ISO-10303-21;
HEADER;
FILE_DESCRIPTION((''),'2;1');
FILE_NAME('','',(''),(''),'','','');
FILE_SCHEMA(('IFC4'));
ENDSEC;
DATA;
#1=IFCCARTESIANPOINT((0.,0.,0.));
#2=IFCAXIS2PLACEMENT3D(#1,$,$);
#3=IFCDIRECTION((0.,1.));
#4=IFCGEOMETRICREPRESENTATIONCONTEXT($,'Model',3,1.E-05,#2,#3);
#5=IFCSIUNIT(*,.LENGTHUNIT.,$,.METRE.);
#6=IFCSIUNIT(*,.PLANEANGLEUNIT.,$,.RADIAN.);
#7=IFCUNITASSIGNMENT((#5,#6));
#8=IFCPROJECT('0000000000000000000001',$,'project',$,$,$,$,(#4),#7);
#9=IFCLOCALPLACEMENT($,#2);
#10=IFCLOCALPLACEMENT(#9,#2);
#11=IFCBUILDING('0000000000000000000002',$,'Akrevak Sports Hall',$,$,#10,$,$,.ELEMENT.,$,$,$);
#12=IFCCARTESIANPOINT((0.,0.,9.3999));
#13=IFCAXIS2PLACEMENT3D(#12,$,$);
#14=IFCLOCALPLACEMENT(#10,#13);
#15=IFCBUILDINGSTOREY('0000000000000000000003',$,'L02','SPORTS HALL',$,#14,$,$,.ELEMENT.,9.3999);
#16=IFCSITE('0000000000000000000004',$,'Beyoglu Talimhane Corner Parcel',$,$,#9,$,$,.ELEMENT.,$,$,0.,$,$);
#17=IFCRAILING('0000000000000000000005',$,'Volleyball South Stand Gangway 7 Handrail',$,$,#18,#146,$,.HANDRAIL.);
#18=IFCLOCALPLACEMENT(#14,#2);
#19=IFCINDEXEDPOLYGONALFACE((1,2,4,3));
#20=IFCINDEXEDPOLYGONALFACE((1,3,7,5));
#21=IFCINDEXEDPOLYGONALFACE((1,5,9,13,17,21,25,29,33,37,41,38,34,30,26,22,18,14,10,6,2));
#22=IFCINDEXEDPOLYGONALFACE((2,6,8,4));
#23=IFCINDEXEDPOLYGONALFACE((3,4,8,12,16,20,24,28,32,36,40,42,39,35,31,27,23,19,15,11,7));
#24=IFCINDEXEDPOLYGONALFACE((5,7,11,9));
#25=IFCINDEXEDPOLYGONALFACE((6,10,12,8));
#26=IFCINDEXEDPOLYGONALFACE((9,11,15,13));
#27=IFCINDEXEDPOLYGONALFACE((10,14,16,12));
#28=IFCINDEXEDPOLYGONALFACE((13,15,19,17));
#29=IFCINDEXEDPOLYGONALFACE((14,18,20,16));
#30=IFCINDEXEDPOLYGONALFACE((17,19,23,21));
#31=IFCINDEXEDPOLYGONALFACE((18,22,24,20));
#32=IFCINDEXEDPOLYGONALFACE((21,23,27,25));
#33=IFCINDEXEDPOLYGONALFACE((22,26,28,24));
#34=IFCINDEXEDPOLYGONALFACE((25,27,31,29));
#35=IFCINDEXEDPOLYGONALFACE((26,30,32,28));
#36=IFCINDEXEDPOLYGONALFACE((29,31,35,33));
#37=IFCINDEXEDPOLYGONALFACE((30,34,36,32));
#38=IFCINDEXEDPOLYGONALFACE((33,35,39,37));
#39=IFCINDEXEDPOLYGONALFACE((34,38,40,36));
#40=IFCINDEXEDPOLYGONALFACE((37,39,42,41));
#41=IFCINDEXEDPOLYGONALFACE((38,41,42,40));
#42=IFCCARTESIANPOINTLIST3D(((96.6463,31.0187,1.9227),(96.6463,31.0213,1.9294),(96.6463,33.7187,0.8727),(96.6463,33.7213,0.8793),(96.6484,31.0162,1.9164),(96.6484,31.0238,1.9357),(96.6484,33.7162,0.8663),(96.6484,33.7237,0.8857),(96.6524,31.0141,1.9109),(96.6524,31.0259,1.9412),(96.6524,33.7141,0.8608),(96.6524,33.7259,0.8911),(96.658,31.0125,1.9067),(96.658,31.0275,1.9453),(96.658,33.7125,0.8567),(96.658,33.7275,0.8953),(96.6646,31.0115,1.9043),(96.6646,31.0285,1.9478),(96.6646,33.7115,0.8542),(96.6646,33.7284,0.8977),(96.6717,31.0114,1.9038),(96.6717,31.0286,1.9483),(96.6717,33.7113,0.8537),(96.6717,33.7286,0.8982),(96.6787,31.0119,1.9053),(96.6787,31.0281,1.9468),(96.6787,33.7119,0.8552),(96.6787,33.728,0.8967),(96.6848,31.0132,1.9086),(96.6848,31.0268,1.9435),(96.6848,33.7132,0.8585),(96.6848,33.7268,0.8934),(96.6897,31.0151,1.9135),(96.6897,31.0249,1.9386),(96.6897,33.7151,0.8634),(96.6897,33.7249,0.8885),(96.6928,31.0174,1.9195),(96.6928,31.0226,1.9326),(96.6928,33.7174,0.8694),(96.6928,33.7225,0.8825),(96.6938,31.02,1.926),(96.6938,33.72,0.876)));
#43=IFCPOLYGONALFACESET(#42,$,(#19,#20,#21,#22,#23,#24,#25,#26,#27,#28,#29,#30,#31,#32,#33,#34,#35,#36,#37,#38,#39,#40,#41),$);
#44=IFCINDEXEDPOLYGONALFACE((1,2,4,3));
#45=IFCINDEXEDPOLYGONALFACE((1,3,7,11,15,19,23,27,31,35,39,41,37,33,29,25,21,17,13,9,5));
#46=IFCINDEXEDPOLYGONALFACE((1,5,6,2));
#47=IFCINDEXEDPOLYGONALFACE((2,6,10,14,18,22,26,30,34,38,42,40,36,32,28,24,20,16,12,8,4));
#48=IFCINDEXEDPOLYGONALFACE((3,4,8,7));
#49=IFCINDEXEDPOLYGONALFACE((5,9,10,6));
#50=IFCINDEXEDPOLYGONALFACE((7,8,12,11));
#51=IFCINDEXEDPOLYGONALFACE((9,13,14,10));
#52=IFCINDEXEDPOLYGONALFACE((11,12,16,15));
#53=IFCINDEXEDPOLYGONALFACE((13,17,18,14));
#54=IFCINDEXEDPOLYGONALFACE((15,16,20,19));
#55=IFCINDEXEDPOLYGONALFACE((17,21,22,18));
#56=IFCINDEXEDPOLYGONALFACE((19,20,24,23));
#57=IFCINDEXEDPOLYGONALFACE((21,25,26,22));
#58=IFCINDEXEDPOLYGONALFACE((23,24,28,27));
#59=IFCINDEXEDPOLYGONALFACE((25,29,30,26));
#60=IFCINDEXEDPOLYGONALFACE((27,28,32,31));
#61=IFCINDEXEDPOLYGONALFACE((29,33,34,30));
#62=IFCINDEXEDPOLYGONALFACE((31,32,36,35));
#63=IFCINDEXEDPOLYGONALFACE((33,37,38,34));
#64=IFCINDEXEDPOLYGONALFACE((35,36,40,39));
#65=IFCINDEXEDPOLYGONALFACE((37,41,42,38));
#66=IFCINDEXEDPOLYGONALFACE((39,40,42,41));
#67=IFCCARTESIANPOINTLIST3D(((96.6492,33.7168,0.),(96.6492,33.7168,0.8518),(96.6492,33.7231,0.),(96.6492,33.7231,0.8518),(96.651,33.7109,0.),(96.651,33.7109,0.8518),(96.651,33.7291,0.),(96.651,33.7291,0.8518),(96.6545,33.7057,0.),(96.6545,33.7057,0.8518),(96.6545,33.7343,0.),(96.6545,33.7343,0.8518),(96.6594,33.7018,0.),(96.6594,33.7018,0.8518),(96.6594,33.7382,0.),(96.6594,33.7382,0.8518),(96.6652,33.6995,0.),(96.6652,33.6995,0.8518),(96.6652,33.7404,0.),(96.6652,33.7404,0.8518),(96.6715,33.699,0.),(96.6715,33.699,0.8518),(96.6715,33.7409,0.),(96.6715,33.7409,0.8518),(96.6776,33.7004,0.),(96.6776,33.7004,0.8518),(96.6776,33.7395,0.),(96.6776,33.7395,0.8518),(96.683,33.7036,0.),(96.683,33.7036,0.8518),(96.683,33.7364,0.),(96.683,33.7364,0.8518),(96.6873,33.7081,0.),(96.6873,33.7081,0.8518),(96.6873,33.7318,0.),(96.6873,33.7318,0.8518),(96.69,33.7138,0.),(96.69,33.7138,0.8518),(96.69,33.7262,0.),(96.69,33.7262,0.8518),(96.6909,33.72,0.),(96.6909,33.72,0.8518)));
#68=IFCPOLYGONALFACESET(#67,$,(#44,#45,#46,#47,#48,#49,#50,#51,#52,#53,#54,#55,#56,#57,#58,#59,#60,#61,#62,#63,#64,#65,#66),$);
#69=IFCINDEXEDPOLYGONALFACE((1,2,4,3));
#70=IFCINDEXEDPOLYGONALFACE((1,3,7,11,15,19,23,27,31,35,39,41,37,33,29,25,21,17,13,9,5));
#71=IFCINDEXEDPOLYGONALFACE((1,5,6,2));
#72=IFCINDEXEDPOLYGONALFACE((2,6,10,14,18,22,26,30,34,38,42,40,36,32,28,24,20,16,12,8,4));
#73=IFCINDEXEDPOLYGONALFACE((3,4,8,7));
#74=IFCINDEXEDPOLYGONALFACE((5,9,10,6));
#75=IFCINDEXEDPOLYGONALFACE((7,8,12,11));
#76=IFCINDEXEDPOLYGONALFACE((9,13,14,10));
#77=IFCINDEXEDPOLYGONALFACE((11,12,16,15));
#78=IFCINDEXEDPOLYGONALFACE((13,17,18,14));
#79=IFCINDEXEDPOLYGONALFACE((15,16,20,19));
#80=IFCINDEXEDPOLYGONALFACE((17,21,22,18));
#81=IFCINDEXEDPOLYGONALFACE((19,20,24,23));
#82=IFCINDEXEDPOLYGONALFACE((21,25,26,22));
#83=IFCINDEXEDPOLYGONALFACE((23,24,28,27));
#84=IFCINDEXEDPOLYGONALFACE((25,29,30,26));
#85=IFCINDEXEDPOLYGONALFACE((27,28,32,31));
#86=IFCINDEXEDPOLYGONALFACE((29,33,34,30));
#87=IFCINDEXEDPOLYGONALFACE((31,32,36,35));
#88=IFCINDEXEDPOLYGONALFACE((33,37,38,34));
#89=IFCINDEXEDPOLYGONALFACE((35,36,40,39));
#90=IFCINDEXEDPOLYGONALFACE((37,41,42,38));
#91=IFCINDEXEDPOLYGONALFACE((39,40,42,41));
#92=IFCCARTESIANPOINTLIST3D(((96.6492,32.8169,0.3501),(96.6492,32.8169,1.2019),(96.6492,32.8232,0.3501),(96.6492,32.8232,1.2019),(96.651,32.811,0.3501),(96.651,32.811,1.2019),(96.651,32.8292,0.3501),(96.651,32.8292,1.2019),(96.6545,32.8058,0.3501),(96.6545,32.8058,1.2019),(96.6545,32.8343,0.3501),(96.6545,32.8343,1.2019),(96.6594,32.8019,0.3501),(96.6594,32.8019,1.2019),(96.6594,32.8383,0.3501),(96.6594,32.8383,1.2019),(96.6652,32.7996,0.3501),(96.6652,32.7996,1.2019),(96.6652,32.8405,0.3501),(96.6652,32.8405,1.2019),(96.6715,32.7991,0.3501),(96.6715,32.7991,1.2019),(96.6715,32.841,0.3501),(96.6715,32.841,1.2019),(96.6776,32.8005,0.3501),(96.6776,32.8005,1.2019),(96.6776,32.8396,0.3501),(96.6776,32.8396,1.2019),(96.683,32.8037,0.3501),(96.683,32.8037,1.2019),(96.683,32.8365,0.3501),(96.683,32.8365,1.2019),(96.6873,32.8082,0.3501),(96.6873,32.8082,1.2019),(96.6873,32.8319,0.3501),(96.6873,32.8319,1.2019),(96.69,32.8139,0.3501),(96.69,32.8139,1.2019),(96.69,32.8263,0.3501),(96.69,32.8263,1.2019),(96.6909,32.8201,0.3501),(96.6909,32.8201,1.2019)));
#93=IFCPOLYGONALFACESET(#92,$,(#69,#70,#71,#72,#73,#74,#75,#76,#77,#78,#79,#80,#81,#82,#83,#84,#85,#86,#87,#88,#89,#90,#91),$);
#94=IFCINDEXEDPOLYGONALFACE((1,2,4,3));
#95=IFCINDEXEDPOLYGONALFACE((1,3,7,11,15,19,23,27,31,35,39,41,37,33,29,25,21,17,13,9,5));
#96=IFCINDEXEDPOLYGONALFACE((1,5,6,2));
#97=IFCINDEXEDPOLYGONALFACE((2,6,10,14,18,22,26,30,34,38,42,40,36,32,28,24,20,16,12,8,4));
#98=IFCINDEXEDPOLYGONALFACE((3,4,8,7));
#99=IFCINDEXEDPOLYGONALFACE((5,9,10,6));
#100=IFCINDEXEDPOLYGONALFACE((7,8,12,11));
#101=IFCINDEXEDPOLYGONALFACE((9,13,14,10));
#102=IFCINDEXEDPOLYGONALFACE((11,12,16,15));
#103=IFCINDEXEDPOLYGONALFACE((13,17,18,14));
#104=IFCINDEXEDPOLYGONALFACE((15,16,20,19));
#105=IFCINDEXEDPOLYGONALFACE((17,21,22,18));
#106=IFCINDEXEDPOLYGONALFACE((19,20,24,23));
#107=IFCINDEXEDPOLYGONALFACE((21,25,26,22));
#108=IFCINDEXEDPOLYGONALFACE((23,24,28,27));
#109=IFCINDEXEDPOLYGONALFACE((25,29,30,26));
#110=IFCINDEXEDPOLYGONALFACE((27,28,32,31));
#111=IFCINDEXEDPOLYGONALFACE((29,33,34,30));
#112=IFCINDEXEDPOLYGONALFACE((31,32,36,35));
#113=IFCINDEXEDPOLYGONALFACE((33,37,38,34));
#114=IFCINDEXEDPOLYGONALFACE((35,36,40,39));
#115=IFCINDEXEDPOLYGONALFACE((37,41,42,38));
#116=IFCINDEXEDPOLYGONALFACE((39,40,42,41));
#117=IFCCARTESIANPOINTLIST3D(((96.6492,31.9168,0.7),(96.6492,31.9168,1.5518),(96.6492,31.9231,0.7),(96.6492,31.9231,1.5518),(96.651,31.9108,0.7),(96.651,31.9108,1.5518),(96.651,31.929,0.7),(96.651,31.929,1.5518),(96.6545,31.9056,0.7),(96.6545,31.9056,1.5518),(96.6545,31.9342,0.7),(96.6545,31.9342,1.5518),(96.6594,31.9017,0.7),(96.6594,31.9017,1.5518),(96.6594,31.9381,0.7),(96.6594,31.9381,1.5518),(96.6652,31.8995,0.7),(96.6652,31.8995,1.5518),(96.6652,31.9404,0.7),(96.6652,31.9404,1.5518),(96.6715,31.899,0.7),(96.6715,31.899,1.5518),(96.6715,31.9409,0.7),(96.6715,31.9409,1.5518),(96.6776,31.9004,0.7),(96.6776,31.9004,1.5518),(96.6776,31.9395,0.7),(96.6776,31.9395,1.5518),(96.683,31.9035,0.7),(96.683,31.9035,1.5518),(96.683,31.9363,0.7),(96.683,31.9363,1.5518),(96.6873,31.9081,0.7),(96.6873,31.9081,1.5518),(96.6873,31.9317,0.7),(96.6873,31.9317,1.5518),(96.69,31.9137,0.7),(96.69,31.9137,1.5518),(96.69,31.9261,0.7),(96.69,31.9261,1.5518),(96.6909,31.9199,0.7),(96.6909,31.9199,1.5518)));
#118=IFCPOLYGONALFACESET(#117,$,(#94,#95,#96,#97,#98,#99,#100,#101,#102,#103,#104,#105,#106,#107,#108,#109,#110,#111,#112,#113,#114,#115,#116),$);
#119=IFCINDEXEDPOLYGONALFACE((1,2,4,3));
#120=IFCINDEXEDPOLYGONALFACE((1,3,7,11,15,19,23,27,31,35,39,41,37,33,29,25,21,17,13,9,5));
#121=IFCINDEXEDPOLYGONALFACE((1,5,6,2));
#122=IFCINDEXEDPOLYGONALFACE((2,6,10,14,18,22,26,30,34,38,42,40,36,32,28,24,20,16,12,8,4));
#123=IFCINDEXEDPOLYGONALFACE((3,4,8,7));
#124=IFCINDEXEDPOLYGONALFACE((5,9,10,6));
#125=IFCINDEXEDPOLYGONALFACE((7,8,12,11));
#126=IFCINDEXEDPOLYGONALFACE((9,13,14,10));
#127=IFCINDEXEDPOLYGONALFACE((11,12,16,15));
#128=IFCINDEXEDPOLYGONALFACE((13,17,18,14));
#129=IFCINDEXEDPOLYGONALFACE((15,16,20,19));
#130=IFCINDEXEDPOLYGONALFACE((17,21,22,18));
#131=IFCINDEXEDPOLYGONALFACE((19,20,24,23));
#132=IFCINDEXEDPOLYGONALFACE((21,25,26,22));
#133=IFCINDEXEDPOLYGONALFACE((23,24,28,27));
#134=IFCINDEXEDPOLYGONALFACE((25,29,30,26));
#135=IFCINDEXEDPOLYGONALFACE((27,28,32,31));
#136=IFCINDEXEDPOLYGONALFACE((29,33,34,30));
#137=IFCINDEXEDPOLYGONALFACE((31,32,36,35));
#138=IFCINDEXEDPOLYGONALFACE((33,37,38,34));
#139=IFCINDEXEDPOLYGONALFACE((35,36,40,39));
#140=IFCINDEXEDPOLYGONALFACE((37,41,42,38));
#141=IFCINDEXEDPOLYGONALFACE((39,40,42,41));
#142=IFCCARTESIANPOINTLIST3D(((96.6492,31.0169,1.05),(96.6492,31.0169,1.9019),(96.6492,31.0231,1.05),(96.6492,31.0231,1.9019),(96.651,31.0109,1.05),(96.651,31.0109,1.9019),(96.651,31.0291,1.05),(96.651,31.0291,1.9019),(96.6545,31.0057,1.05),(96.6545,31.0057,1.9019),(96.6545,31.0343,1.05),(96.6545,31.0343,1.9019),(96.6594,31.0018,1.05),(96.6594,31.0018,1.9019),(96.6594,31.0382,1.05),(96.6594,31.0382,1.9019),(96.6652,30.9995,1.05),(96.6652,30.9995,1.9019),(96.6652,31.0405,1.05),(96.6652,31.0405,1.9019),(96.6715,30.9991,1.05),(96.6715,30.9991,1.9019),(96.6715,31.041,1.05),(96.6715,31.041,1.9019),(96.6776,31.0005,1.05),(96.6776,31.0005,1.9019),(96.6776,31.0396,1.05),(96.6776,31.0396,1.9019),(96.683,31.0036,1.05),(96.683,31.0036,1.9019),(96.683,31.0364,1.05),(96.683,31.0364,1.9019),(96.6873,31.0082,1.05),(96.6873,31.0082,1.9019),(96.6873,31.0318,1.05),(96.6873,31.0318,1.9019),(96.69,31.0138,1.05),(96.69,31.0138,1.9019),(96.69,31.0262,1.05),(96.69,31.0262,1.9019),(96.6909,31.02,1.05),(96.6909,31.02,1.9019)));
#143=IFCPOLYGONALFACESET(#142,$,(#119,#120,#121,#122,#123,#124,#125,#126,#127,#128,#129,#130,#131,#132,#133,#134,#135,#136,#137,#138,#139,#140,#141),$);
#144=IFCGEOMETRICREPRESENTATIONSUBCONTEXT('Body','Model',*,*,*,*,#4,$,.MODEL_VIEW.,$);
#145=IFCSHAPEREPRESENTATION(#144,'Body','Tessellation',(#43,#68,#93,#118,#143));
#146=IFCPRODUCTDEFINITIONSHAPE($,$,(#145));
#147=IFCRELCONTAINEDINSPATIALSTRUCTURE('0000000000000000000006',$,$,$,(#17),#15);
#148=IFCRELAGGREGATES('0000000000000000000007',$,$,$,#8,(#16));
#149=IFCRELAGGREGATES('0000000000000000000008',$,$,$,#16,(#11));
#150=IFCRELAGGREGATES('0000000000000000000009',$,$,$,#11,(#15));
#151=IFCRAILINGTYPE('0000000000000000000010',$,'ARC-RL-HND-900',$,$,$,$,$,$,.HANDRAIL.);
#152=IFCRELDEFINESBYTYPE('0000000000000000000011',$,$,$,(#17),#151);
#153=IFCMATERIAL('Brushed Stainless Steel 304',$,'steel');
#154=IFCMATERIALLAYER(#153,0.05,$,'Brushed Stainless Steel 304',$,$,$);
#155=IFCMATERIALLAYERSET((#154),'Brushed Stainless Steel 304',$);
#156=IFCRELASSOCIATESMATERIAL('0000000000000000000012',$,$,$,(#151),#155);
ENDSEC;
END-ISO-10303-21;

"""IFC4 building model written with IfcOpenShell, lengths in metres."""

from ifc_helpers import new_model, si_unit, direction, frame, origin, origin_2d, place, context, subcontext, project, spatial, circle, extrude, material, layer, layer_set, type_object, element, save


model = new_model("IFC4")

# Units and contexts
model_context = context("Model", 3, precision=1e-05, world=origin(), true_north=direction((0.0, 1.0)))
body_context = subcontext(model_context, "Body", "Model", "MODEL_VIEW")
ifc_project = project(units=[si_unit("LENGTHUNIT", "METRE"), si_unit("PLANEANGLEUNIT", "RADIAN")], contexts=[model_context])

# Site, building, storey
site_placement = place(None, origin())
site = spatial("IfcSite", under=ifc_project, at=site_placement, Name="Beyoglu Talimhane Corner Parcel", CompositionType="ELEMENT", RefElevation=0.0)
building_placement = place(site_placement, origin())
building = spatial("IfcBuilding", under=site, at=building_placement, Name="Akrevak Sports Hall", CompositionType="ELEMENT")
storey_placement = place(building_placement, frame((0.0, 0.0, 9.3999)))
storey = spatial("IfcBuildingStorey", under=building, at=storey_placement, Name="L02", Description="SPORTS HALL", CompositionType="ELEMENT", Elevation=9.3999)

# Railing
ifc_material_1 = material(Name="Brushed Stainless Steel 304", Category="steel")
ifc_layer_1 = layer(ifc_material_1, 0.05, Name="Brushed Stainless Steel 304")
ifc_layer_set_1 = layer_set([ifc_layer_1], Name="Brushed Stainless Steel 304")
railing_type_1 = type_object("IfcRailingType", Name="ARC-RL-HND-900", PredefinedType="HANDRAIL", material=ifc_layer_set_1)
railing_1_placement = place(storey_placement, frame((96.6699, 33.72, 0.0)))
element("IfcRailing", 1, at=railing_1_placement, inside=storey, type_object=railing_type_1, Name="Volleyball South Stand Gangway 7 Handrail", PredefinedType="HANDRAIL", context=body_context, shape_type="SweptSolid", body=[
    extrude(circle(Radius=0.0239, at=origin_2d()), frame((0.0, 0.0, 0.876), z_axis=(0.0, -0.931997, 0.362467), x_axis=(1.0, 0.0, 0.0)), (0.0, 0.0, 1.0), 2.897),
    extrude(circle(Radius=0.021, at=origin_2d()), origin(), (0.0, 0.0, 1.0), 0.8518),
    extrude(circle(Radius=0.021, at=origin_2d()), frame((0.0, -0.8999, 0.3501)), (0.0, 0.0, 1.0), 0.8518),
    extrude(circle(Radius=0.021, at=origin_2d()), frame((0.0, -1.8, 0.7)), (0.0, 0.0, 1.0), 0.8518),
    extrude(circle(Radius=0.021, at=origin_2d()), frame((0.0, -2.7, 1.05)), (0.0, 0.0, 1.0), 0.8518),
])

save(model, "model.ifc")
